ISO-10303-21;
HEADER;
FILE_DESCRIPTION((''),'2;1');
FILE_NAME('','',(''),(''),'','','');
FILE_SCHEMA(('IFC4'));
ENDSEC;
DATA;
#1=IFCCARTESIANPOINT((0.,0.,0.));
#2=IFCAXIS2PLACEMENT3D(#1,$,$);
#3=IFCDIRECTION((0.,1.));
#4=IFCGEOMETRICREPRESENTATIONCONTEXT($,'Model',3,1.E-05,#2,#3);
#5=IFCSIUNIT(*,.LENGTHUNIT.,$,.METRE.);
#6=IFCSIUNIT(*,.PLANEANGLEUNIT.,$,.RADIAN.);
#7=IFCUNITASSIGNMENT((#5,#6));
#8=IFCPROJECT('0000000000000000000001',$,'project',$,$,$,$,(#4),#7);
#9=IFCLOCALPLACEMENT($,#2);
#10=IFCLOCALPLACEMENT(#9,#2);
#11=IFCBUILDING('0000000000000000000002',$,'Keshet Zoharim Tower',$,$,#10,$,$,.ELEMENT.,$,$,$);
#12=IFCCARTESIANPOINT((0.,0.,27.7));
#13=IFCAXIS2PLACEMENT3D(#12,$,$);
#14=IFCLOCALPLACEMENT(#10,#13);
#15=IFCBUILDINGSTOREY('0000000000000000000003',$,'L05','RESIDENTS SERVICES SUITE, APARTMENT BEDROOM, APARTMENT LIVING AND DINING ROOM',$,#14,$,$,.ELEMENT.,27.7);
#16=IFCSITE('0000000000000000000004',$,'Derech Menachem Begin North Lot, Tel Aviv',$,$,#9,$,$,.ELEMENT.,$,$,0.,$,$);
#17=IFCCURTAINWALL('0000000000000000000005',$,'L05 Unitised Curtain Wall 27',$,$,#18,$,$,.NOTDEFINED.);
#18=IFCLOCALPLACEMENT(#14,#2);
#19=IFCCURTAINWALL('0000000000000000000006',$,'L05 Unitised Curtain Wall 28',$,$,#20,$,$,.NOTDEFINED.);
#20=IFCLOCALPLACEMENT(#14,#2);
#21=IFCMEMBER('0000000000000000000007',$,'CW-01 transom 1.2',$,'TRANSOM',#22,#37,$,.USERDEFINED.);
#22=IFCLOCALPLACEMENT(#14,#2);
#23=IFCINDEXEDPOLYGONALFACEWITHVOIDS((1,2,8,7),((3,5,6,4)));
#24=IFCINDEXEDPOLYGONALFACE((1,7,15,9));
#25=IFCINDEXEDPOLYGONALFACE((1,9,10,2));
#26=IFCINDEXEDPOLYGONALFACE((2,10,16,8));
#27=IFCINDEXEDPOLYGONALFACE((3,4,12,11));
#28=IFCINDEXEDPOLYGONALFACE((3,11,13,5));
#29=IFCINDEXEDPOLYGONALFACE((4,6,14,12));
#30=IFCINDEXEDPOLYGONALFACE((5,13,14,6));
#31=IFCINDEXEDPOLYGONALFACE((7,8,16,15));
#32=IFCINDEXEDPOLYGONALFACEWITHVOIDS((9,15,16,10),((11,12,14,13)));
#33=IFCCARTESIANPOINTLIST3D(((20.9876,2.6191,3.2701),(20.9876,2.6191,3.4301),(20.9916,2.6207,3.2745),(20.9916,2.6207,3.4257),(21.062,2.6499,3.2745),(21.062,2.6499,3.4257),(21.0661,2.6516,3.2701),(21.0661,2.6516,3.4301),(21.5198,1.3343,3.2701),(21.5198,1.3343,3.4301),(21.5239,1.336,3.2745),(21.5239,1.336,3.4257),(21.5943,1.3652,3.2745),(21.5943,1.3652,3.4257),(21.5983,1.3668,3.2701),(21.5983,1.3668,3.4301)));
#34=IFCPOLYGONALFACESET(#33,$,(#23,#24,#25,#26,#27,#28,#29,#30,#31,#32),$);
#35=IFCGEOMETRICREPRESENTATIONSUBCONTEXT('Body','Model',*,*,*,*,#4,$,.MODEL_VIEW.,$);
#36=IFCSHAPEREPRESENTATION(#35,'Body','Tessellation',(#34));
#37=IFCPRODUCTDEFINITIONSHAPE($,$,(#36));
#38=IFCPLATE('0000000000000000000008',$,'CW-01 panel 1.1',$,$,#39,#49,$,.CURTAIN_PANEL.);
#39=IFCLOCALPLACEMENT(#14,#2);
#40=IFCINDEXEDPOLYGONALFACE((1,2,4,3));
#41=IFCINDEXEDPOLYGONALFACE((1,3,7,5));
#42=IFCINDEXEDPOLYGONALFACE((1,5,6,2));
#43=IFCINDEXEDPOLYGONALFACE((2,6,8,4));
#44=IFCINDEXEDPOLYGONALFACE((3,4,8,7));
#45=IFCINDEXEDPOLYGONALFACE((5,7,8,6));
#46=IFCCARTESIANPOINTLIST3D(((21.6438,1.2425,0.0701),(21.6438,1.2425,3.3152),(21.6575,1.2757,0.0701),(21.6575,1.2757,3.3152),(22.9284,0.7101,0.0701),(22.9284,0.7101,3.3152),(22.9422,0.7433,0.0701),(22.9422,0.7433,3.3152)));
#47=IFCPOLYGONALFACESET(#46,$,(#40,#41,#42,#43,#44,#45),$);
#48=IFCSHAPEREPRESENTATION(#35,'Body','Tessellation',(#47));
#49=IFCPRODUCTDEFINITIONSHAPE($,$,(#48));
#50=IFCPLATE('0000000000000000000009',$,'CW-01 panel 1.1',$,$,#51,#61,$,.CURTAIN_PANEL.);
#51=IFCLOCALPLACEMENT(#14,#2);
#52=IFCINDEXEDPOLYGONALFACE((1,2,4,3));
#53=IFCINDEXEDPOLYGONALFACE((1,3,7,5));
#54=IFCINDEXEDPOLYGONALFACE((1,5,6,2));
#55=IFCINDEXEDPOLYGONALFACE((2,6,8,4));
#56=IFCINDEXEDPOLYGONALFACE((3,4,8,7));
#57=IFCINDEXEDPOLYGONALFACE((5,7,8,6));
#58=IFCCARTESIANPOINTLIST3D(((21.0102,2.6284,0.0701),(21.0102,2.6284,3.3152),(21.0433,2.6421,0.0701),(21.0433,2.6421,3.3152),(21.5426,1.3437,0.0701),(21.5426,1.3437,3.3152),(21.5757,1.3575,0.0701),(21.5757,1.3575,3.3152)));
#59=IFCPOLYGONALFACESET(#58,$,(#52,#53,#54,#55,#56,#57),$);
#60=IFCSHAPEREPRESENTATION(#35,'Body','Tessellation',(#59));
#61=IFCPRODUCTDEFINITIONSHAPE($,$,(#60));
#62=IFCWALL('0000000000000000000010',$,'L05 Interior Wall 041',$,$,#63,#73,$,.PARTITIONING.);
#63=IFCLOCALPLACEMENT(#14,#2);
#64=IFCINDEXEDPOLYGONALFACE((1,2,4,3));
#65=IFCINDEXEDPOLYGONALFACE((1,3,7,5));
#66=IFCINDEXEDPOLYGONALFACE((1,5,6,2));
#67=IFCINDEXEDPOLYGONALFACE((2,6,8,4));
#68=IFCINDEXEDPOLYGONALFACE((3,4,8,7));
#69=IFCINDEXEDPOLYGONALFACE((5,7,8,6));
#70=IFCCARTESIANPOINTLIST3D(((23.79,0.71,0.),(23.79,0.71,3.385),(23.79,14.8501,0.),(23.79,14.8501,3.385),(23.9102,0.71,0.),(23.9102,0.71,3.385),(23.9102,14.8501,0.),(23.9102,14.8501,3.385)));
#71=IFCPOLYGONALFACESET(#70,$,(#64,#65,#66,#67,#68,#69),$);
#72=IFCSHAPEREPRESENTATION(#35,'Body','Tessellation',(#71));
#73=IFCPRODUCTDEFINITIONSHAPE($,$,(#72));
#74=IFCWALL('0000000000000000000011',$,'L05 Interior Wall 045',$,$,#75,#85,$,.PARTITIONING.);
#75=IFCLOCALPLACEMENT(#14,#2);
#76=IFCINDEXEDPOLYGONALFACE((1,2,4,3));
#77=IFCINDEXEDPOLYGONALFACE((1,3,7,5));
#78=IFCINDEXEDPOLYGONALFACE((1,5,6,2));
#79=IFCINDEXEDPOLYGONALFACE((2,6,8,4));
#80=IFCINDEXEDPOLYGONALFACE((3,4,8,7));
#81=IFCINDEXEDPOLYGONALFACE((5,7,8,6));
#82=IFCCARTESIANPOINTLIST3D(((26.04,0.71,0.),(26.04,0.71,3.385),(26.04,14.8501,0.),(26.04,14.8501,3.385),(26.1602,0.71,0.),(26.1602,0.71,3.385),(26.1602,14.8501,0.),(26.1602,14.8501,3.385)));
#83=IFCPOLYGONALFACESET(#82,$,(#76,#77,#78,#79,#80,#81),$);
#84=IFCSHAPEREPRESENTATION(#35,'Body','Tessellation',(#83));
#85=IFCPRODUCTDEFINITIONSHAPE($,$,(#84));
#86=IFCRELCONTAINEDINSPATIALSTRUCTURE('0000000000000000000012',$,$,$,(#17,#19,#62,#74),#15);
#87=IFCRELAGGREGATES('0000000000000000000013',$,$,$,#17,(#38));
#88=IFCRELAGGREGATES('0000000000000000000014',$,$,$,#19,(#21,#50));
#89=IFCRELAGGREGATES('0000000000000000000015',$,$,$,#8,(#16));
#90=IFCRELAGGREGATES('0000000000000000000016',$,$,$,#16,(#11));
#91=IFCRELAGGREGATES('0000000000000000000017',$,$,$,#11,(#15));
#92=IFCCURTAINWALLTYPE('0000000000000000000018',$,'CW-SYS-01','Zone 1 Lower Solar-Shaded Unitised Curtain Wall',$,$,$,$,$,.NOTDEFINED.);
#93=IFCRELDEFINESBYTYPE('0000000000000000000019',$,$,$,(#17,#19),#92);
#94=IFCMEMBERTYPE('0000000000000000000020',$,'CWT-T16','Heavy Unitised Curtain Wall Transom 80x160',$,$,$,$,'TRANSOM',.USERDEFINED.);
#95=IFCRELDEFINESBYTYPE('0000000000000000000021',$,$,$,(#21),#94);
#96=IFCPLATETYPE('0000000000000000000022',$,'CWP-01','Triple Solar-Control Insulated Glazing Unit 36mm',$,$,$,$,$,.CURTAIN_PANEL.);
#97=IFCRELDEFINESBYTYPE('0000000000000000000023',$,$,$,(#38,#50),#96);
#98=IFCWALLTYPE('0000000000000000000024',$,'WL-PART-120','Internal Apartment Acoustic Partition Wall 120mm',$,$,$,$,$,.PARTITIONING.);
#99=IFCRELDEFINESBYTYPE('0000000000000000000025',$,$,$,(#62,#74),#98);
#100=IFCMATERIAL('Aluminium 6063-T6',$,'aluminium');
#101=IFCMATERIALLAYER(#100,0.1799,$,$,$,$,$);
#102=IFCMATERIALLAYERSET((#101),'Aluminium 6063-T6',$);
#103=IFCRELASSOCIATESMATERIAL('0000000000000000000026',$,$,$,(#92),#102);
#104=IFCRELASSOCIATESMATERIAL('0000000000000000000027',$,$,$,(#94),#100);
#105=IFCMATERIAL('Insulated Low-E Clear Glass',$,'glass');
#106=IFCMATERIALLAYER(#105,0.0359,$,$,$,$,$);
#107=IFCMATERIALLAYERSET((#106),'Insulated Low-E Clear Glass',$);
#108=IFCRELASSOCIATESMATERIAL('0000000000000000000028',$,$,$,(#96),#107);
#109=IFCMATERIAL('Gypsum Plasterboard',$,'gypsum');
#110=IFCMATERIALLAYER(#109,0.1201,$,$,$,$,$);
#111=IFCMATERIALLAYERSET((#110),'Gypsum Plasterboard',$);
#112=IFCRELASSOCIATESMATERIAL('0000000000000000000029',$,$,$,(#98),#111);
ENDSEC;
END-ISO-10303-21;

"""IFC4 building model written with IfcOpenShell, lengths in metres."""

from ifc_helpers import new_model, si_unit, direction, frame, frame_2d, origin, origin_2d, place, context, subcontext, project, spatial, rectangle, hollow_rectangle, extrude, material, layer, layer_set, material_profile, profile_set, type_object, element, aggregate, save


model = new_model("IFC4")

# Units and contexts
model_context = context("Model", 3, precision=1e-05, world=origin(), true_north=direction((0.0, 1.0)))
body_context = subcontext(model_context, "Body", "Model", "MODEL_VIEW")
ifc_project = project(units=[si_unit("LENGTHUNIT", "METRE"), si_unit("PLANEANGLEUNIT", "RADIAN")], contexts=[model_context])

# Site, building, storey
site_placement = place(None, origin())
site = spatial("IfcSite", under=ifc_project, at=site_placement, Name="Derech Menachem Begin North Lot, Tel Aviv", CompositionType="ELEMENT", RefElevation=0.0)
building_placement = place(site_placement, origin())
building = spatial("IfcBuilding", under=site, at=building_placement, Name="Keshet Zoharim Tower", CompositionType="ELEMENT")
storey_placement = place(building_placement, frame((0.0, 0.0, 27.7)))
storey = spatial("IfcBuildingStorey", under=building, at=storey_placement, Name="L05", Description="RESIDENTS SERVICES SUITE, APARTMENT BEDROOM, APARTMENT LIVING AND DINING ROOM", CompositionType="ELEMENT", Elevation=27.7)

# Shared definitions
ifc_material_1 = material(Name="Aluminium 6063-T6", Category="aluminium")
ifc_layer_1 = layer(ifc_material_1, 0.1799)
ifc_layer_set_1 = layer_set([ifc_layer_1], Name="Aluminium 6063-T6")
curtain_wall_type = type_object("IfcCurtainWallType", Name="CW-SYS-01", Description="Zone 1 Lower Solar-Shaded Unitised Curtain Wall", PredefinedType="NOTDEFINED", material=ifc_layer_set_1)

# Curtain walls
curtain_wall_1_placement = place(storey_placement, origin())
curtain_wall_1 = element("IfcCurtainWall", 1, at=curtain_wall_1_placement, inside=storey, type_object=curtain_wall_type, Name="L05 Unitised Curtain Wall 27", PredefinedType="NOTDEFINED")
curtain_wall_2_placement = place(storey_placement, origin())
curtain_wall_2 = element("IfcCurtainWall", 2, at=curtain_wall_2_placement, inside=storey, type_object=curtain_wall_type, Name="L05 Unitised Curtain Wall 28", PredefinedType="NOTDEFINED")

# Member
ifc_material_profile_1 = material_profile(ifc_material_1, hollow_rectangle(XDim=0.085, YDim=0.1599, WallThickness=0.0044, at=origin_2d()), Name="TRN-85x160")
ifc_profile_set_1 = profile_set([ifc_material_profile_1], Name="Aluminium 6063-T6")
member_type_1 = type_object("IfcMemberType", Name="CWT-T16", Description="Heavy Unitised Curtain Wall Transom 80x160", ElementType="TRANSOM", PredefinedType="USERDEFINED", material=ifc_profile_set_1)
member_1_placement = place(storey_placement, frame((21.5591, 1.3506, 3.3501), z_axis=(-0.382745, 0.923854, 0.0), x_axis=(-0.923854, -0.382745, 0.0)))
member_1 = element("IfcMember", 3, at=member_1_placement, type_object=member_type_1, Name="CW-01 transom 1.2", ObjectType="TRANSOM", PredefinedType="USERDEFINED", context=body_context, shape_type="SweptSolid", body=[
    extrude(hollow_rectangle(XDim=0.085, YDim=0.1599, WallThickness=0.0044, at=origin_2d()), origin(), (0.0, 0.0, 1.0), 1.3906),
])

# Plates
ifc_material_2 = material(Name="Insulated Low-E Clear Glass", Category="glass")
ifc_layer_2 = layer(ifc_material_2, 0.0359)
ifc_layer_set_2 = layer_set([ifc_layer_2], Name="Insulated Low-E Clear Glass")
plate_type = type_object("IfcPlateType", Name="CWP-01", Description="Triple Solar-Control Insulated Glazing Unit 36mm", PredefinedType="CURTAIN_PANEL", material=ifc_layer_set_2)
plate_1_placement = place(storey_placement, frame((22.293, 0.9929, 0.0701), z_axis=(0.0, 0.0, 1.0), x_axis=(-0.92381, 0.382852, 0.0)))
plate_1 = element("IfcPlate", 4, at=plate_1_placement, type_object=plate_type, Name="CW-01 panel 1.1", PredefinedType="CURTAIN_PANEL", context=body_context, shape_type="SweptSolid", body=[
    extrude(rectangle(XDim=1.3906, YDim=0.0359, at=origin_2d()), origin(), (0.0, 0.0, 1.0), 3.2451),
])
aggregate(curtain_wall_1, [plate_1])
plate_2_placement = place(storey_placement, frame((21.293, 1.9929, 0.0701), z_axis=(0.0, 0.0, 1.0), x_axis=(-0.382852, 0.92381, 0.0)))
plate_2 = element("IfcPlate", 5, at=plate_2_placement, type_object=plate_type, Name="CW-01 panel 1.1", PredefinedType="CURTAIN_PANEL", context=body_context, shape_type="SweptSolid", body=[
    extrude(rectangle(XDim=1.3906, YDim=0.0359, at=origin_2d()), origin(), (0.0, 0.0, 1.0), 3.2451),
])
aggregate(curtain_wall_2, [member_1, plate_2])

# Walls
ifc_material_3 = material(Name="Gypsum Plasterboard", Category="gypsum")
ifc_layer_3 = layer(ifc_material_3, 0.1201)
ifc_layer_set_3 = layer_set([ifc_layer_3], Name="Gypsum Plasterboard")
wall_type = type_object("IfcWallType", Name="WL-PART-120", Description="Internal Apartment Acoustic Partition Wall 120mm", PredefinedType="PARTITIONING", material=ifc_layer_set_3)
for number, where, z_axis, x_axis, name in (
    (6, (23.8501, 0.71, 0.0), (0.0, 0.0, 1.0), (0.0, 1.0, 0.0), "L05 Interior Wall 041"),
    (7, (26.1001, 0.71, 0.0), (0.0, 0.0, 1.0), (0.0, 1.0, 0.0), "L05 Interior Wall 045"),
):
    element("IfcWall", number, at=place(storey_placement, frame(where, z_axis=z_axis, x_axis=x_axis)), inside=storey, type_object=wall_type, Name=name, PredefinedType="PARTITIONING", context=body_context, shape_type="SweptSolid", body=[
        extrude(rectangle(XDim=14.1401, YDim=0.1201, at=frame_2d((7.0701, 0.0))), origin(), (0.0, 0.0, 1.0), 3.385),
    ])

save(model, "model.ifc")
